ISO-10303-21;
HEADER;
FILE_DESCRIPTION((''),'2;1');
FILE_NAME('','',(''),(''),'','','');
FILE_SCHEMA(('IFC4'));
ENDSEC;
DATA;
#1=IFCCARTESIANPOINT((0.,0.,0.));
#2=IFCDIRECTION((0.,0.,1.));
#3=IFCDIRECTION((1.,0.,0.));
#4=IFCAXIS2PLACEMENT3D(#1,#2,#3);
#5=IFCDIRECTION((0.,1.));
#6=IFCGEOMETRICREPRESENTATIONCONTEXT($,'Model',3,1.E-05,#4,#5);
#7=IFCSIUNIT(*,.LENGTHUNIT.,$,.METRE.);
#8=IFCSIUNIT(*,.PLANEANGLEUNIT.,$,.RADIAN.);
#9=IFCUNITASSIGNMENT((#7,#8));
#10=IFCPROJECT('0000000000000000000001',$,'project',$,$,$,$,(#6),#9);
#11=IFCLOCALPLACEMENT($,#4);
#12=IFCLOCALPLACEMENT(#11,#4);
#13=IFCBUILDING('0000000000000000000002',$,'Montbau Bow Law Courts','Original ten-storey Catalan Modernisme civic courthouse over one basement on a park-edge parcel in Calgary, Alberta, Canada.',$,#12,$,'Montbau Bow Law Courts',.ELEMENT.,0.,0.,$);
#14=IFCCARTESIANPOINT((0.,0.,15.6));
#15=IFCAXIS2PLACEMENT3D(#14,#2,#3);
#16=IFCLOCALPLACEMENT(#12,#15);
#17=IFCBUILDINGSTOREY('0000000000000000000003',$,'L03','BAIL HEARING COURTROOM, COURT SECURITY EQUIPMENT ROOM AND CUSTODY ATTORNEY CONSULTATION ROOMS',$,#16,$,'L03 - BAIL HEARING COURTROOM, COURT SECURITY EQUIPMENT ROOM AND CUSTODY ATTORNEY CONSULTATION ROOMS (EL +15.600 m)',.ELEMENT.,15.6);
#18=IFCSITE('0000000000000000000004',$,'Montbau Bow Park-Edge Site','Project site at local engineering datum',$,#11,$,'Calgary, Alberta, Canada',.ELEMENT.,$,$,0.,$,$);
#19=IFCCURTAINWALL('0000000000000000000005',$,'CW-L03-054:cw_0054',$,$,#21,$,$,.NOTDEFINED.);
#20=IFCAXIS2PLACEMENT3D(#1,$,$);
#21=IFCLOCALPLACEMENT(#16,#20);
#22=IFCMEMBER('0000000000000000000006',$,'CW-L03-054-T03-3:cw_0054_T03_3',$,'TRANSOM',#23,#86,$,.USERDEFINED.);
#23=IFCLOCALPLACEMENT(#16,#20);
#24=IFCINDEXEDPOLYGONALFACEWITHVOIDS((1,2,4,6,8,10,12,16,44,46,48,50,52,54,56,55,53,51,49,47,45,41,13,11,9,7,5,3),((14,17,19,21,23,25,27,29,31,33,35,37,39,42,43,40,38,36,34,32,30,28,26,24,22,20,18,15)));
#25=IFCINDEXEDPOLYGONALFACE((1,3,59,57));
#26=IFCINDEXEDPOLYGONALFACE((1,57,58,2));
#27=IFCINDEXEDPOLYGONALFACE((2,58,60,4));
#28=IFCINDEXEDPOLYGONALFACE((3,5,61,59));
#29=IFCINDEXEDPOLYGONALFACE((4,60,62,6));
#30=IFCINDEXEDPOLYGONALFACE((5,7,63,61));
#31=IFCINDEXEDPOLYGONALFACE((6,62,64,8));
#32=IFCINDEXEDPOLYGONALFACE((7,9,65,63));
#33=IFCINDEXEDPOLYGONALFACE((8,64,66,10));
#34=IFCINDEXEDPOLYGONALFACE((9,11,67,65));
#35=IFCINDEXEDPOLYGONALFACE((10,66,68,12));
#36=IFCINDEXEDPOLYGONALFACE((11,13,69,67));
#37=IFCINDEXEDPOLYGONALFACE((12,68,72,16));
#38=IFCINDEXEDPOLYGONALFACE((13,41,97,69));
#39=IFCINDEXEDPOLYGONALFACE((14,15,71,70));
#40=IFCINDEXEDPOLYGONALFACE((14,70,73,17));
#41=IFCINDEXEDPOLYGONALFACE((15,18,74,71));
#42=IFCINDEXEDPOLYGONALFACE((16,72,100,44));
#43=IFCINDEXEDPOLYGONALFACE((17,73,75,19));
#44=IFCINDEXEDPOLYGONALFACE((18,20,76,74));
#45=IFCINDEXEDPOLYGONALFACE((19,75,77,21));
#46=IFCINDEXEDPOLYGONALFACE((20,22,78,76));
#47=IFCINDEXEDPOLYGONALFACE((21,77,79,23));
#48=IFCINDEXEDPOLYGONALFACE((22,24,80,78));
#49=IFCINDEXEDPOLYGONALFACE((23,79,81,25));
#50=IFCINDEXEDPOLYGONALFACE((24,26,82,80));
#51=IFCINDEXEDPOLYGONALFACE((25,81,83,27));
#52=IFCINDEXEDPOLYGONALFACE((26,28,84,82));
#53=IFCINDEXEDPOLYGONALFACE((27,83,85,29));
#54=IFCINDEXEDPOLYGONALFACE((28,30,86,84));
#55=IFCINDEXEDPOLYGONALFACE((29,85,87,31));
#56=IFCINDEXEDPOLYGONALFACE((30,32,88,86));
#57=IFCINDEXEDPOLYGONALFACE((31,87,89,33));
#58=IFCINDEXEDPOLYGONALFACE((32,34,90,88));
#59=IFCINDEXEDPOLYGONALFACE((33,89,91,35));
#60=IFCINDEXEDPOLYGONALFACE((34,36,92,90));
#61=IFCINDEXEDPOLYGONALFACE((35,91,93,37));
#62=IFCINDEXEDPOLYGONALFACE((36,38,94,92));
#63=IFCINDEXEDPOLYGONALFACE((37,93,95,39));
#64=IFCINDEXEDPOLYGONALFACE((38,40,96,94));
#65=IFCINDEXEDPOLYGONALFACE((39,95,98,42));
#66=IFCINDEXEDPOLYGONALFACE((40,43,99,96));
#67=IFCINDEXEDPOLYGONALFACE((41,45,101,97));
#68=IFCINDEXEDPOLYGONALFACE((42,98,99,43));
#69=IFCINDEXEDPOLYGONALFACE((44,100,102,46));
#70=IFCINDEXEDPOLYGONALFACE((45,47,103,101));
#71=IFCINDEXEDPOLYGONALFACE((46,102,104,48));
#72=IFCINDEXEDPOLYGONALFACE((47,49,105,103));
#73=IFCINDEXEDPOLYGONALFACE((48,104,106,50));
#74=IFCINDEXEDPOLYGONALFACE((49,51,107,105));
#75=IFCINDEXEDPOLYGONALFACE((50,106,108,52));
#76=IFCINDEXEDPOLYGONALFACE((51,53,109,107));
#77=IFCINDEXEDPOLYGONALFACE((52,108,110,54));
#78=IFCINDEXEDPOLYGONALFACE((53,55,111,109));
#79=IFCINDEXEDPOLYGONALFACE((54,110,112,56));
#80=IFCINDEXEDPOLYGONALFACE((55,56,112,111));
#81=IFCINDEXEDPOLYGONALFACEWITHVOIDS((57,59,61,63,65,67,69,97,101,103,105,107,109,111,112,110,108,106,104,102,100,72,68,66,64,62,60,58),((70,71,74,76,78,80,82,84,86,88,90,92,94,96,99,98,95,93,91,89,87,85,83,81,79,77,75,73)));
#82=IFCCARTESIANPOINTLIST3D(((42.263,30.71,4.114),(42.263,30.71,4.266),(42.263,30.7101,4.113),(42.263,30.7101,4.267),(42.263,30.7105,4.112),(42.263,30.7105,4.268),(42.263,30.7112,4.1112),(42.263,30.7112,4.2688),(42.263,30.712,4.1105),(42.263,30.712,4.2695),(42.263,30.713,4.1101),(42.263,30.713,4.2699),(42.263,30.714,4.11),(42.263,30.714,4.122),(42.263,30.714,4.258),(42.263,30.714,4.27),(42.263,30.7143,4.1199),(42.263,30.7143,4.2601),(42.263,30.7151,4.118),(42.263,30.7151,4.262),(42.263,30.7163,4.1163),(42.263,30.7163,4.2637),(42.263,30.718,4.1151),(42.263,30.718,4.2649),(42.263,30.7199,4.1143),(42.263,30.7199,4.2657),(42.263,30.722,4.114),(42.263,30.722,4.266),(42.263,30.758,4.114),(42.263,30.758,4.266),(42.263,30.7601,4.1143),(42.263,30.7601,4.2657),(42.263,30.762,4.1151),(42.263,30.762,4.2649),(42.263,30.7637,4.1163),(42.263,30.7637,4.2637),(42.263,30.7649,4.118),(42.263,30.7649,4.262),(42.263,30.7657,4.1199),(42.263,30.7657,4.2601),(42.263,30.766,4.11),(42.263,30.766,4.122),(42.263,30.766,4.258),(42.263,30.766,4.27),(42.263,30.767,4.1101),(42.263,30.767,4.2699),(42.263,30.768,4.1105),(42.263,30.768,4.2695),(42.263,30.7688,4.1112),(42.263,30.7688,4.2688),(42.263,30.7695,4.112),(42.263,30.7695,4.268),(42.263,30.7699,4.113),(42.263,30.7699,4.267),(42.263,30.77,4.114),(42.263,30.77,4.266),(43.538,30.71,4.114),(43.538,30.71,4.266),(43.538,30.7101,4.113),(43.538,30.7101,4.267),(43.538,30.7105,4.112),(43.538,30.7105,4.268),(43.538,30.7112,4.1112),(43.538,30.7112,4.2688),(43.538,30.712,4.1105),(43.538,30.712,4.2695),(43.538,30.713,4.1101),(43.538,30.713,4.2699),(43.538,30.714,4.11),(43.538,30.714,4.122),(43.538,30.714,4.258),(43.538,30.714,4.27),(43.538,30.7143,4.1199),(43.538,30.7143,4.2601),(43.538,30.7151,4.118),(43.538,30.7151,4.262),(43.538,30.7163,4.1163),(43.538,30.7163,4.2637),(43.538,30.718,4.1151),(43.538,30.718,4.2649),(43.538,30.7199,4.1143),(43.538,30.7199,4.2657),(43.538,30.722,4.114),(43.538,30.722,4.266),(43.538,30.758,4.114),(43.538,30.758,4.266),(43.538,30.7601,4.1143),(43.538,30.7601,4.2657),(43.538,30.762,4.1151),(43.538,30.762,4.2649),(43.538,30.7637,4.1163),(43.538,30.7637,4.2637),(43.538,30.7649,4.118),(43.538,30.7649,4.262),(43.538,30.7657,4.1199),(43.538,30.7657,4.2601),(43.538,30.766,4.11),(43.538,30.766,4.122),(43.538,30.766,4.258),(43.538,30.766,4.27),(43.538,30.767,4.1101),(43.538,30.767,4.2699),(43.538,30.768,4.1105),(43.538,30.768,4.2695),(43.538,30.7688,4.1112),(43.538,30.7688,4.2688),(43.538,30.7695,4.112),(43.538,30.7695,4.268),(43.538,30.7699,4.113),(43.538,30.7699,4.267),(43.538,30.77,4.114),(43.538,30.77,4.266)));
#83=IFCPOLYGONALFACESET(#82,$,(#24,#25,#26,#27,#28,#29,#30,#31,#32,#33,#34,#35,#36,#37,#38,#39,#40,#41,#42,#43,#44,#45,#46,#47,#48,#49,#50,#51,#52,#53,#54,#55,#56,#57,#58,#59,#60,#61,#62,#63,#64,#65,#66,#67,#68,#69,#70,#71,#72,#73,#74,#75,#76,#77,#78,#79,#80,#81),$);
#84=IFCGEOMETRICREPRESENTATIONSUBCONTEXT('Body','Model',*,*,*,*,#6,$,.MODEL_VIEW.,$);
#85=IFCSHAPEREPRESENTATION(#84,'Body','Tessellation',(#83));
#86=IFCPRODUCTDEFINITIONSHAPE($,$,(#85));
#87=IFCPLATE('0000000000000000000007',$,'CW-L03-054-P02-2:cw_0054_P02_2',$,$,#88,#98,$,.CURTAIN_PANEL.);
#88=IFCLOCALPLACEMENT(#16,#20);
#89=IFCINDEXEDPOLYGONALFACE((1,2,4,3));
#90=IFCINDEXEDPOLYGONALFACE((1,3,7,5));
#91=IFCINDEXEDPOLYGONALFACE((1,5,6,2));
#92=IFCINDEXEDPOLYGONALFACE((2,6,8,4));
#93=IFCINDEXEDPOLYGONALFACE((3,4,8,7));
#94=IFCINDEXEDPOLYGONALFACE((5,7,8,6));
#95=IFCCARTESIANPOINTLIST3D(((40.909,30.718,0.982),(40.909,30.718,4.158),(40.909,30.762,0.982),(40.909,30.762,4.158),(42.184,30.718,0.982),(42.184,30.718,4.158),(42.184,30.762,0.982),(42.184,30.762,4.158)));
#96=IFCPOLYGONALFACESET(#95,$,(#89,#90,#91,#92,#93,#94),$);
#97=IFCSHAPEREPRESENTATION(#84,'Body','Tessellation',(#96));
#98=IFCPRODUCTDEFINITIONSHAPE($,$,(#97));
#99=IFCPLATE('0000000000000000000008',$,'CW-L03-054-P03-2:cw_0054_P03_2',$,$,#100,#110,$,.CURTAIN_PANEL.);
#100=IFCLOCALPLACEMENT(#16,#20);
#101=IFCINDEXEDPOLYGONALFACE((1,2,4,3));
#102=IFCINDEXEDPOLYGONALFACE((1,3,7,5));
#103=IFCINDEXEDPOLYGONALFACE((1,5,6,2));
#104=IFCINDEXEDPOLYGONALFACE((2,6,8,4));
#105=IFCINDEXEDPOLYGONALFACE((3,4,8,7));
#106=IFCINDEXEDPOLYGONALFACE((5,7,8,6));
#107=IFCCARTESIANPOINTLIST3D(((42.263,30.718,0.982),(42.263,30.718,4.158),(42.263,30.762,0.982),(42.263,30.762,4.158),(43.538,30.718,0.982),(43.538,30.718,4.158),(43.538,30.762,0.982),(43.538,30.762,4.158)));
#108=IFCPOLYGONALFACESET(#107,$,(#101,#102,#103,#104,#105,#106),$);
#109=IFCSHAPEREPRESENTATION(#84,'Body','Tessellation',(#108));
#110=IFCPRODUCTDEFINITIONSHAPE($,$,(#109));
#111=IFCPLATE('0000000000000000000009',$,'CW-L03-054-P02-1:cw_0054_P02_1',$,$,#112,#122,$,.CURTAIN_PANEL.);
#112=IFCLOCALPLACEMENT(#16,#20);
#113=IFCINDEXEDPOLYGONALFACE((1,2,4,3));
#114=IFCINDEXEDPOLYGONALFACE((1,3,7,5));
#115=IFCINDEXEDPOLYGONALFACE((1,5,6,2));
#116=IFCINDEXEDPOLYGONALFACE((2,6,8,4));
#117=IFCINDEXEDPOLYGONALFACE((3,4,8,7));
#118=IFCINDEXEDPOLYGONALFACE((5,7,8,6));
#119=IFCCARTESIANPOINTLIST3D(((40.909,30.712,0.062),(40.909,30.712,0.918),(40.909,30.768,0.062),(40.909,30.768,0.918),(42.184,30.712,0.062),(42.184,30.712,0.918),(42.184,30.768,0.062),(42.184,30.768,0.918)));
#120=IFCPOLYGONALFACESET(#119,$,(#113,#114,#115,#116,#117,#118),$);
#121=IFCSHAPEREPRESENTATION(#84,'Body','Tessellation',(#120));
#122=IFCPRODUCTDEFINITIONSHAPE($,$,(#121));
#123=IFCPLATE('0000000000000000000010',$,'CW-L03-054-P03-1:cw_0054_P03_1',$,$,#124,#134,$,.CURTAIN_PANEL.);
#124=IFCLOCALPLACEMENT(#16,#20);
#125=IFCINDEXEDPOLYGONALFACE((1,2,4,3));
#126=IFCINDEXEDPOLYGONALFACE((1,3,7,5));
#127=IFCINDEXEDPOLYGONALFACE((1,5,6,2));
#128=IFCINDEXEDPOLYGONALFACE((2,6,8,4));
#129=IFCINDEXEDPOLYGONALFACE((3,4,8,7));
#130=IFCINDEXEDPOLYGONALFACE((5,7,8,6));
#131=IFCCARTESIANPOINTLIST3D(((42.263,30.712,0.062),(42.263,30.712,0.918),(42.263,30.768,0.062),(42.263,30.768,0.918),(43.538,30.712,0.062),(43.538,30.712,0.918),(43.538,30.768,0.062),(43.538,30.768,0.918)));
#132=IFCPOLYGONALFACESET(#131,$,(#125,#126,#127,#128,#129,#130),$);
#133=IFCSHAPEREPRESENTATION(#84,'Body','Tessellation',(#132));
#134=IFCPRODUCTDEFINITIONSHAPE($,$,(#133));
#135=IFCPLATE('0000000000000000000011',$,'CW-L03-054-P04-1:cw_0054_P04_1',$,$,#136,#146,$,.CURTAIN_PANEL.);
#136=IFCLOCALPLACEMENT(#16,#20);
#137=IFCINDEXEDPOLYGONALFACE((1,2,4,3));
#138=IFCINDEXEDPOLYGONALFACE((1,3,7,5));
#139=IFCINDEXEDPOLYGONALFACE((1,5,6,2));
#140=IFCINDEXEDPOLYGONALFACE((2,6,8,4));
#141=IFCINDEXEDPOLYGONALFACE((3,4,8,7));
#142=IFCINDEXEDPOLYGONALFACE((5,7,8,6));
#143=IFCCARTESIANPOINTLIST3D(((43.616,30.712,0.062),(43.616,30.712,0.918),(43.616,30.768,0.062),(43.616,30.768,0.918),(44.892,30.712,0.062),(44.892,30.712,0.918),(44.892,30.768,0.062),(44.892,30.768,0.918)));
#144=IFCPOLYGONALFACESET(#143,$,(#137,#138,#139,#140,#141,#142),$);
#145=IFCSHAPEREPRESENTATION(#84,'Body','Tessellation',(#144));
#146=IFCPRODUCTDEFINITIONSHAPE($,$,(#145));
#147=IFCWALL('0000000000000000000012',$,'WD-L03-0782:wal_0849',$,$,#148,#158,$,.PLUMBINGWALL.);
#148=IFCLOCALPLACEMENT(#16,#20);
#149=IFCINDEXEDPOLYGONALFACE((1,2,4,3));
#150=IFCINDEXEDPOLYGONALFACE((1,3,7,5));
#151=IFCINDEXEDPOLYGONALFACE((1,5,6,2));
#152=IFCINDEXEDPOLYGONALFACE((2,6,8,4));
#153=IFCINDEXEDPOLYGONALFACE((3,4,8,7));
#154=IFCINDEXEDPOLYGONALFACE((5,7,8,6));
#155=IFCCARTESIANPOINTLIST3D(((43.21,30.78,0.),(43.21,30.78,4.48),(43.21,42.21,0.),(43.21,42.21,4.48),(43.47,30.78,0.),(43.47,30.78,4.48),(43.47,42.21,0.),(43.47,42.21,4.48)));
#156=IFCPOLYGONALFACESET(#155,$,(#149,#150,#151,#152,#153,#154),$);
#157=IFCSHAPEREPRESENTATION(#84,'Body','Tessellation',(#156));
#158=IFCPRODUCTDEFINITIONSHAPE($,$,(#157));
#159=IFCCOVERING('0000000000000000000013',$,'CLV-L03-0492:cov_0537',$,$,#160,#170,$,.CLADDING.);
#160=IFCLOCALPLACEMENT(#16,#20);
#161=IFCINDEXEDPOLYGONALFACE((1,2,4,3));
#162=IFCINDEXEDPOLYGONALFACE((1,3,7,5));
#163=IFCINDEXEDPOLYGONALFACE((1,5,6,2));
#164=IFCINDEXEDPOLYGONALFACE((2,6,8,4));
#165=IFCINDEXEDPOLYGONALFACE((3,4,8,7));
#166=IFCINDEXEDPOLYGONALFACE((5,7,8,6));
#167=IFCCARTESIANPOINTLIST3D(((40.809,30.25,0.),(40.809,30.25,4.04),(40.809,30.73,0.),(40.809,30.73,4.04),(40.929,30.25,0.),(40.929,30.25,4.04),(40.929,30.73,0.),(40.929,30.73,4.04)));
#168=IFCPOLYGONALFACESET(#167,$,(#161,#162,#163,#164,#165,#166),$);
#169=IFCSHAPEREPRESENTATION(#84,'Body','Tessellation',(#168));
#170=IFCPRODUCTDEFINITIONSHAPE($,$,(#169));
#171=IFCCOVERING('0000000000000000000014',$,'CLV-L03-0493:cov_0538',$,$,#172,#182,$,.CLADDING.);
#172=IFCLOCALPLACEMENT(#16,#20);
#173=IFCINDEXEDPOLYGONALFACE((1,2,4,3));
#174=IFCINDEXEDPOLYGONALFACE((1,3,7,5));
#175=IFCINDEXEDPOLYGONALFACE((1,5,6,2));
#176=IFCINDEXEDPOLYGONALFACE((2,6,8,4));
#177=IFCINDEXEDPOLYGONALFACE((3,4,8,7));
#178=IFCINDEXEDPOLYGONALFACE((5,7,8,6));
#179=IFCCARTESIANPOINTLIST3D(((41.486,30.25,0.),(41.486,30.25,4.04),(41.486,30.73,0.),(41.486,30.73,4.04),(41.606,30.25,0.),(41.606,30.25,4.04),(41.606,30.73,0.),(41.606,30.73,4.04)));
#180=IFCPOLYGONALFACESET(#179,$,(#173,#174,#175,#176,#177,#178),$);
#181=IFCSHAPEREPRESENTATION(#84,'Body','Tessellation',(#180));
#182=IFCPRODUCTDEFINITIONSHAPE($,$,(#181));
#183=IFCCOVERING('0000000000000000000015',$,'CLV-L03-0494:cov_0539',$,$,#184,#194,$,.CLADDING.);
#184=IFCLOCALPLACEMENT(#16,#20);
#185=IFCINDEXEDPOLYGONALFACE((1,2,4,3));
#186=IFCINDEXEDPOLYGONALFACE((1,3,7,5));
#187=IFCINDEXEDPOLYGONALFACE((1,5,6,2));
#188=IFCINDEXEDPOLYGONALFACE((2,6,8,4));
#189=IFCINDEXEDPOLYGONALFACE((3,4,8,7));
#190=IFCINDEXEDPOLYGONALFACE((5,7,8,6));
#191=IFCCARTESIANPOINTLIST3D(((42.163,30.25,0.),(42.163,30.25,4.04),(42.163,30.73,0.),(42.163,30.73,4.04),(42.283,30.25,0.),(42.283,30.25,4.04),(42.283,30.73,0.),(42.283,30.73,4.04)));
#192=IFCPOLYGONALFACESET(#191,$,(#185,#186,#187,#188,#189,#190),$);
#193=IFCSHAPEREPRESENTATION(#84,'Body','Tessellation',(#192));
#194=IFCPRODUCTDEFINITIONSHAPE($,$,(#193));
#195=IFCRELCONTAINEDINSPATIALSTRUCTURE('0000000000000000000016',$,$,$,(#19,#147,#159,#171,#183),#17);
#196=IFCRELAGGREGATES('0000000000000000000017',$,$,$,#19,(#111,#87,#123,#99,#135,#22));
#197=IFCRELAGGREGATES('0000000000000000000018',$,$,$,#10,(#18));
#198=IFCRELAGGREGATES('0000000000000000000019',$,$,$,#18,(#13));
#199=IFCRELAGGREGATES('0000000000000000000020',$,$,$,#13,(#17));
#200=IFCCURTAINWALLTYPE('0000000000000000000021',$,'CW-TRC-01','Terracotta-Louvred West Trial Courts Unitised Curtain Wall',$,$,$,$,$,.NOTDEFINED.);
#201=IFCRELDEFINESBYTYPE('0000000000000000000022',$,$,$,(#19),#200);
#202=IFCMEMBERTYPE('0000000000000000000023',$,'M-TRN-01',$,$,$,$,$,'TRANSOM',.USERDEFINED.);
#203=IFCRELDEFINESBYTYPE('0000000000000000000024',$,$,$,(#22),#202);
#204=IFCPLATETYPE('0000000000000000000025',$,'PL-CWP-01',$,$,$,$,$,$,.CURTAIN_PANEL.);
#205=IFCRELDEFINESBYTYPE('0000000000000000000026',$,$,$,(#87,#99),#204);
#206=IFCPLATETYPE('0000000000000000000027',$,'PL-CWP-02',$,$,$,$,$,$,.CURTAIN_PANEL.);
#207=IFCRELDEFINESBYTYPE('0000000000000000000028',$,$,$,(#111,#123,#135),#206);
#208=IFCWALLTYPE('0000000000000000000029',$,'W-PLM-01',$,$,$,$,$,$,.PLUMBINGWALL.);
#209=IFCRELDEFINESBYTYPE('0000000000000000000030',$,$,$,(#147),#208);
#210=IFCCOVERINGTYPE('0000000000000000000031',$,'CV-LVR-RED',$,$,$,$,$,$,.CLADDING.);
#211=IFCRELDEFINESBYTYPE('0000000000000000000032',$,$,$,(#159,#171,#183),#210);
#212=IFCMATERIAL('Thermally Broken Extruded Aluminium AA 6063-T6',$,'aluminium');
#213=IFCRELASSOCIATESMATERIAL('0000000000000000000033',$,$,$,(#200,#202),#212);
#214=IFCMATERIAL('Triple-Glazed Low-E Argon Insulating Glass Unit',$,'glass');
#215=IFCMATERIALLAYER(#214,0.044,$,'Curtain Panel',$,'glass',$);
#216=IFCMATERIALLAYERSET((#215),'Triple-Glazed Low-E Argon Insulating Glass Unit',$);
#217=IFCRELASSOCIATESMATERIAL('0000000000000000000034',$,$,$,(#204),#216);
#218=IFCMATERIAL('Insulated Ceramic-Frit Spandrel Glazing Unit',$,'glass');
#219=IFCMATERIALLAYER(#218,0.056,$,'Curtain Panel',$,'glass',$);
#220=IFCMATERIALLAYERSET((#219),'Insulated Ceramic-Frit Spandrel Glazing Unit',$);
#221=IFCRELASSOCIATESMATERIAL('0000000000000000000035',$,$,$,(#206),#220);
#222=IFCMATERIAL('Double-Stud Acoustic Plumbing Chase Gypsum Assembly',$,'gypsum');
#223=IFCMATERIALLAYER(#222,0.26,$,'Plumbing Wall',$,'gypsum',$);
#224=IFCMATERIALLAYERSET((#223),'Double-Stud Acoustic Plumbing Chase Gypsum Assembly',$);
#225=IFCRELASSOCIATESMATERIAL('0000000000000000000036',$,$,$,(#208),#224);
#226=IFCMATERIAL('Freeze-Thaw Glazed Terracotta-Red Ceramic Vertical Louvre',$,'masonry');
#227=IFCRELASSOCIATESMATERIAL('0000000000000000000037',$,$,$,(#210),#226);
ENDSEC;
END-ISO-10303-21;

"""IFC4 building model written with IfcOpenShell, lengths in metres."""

from ifc_helpers import new_model, si_unit, direction, frame, frame_2d, origin_with_axes, origin_2d_with_axis, place, context, subcontext, project, spatial, rectangle, hollow_rectangle, extrude, material, layer, layer_set, material_profile, profile_set, type_object, element, aggregate, save


model = new_model("IFC4")

# Units and contexts
model_context = context("Model", 3, precision=1e-05, world=origin_with_axes(), true_north=direction((0.0, 1.0)))
body_context = subcontext(model_context, "Body", "Model", "MODEL_VIEW")
ifc_project = project(units=[si_unit("LENGTHUNIT", "METRE"), si_unit("PLANEANGLEUNIT", "RADIAN")], contexts=[model_context])

# Site, building, storey
site_placement = place(None, origin_with_axes())
site = spatial("IfcSite", under=ifc_project, at=site_placement, Name="Montbau Bow Park-Edge Site", Description="Project site at local engineering datum", LongName="Calgary, Alberta, Canada", CompositionType="ELEMENT", RefElevation=0.0)
building_placement = place(site_placement, origin_with_axes())
building = spatial("IfcBuilding", under=site, at=building_placement, Name="Montbau Bow Law Courts", Description="Original ten-storey Catalan Modernisme civic courthouse over one basement on a park-edge parcel in Calgary, Alberta, Canada.", LongName="Montbau Bow Law Courts", CompositionType="ELEMENT", ElevationOfRefHeight=0.0, ElevationOfTerrain=0.0)
storey_placement = place(building_placement, frame((0.0, 0.0, 15.6), z_axis=(0.0, 0.0, 1.0), x_axis=(1.0, 0.0, 0.0)))
storey = spatial("IfcBuildingStorey", under=building, at=storey_placement, Name="L03", Description="BAIL HEARING COURTROOM, COURT SECURITY EQUIPMENT ROOM AND CUSTODY ATTORNEY CONSULTATION ROOMS", LongName="L03 - BAIL HEARING COURTROOM, COURT SECURITY EQUIPMENT ROOM AND CUSTODY ATTORNEY CONSULTATION ROOMS (EL +15.600 m)", CompositionType="ELEMENT", Elevation=15.6)

# Curtain wall, member, plates
ifc_material_1 = material(Name="Thermally Broken Extruded Aluminium AA 6063-T6", Category="aluminium")
curtain_wall_type = type_object("IfcCurtainWallType", Name="CW-TRC-01", Description="Terracotta-Louvred West Trial Courts Unitised Curtain Wall", PredefinedType="NOTDEFINED", material=ifc_material_1)
curtain_wall_placement = place(None, frame((39.515, 30.74, 15.6), z_axis=(0.0, 0.0, 1.0), x_axis=(1.0, 0.0, 0.0)))
curtain_wall = element("IfcCurtainWall", 1, at=curtain_wall_placement, inside=storey, type_object=curtain_wall_type, Name="CW-L03-054:cw_0054", PredefinedType="NOTDEFINED")
ifc_material_profile_1 = material_profile(ifc_material_1, hollow_rectangle(XDim=0.06, YDim=0.16, WallThickness=0.004, InnerFilletRadius=0.008, OuterFilletRadius=0.004, at=origin_2d_with_axis()), Name="CWT-160X60", Category="Main", Priority=0)
ifc_profile_set_1 = profile_set([ifc_material_profile_1], Name="Thermally Broken Extruded Aluminium AA 6063-T6")
member_type_1 = type_object("IfcMemberType", Name="M-TRN-01", ElementType="TRANSOM", PredefinedType="USERDEFINED", material=ifc_profile_set_1)
member_1_placement = place(None, frame((42.263, 30.74, 19.79), z_axis=(1.0, 0.0, 0.0), x_axis=(0.0, 1.0, 0.0)))
member_1 = element("IfcMember", 2, at=member_1_placement, type_object=member_type_1, Name="CW-L03-054-T03-3:cw_0054_T03_3", ObjectType="TRANSOM", PredefinedType="USERDEFINED", context=body_context, shape_type="SweptSolid", body=[
    extrude(hollow_rectangle(XDim=0.06, YDim=0.16, WallThickness=0.004, InnerFilletRadius=0.008, OuterFilletRadius=0.004, at=origin_2d_with_axis()), origin_with_axes(), (0.0, 0.0, 1.0), 1.275),
])
ifc_material_2 = material(Name="Triple-Glazed Low-E Argon Insulating Glass Unit", Category="glass")
ifc_layer_1 = layer(ifc_material_2, 0.044, Name="Curtain Panel", Category="glass")
ifc_layer_set_1 = layer_set([ifc_layer_1], Name="Triple-Glazed Low-E Argon Insulating Glass Unit")
plate_type_1 = type_object("IfcPlateType", Name="PL-CWP-01", PredefinedType="CURTAIN_PANEL", material=ifc_layer_set_1)
plate_1_placement = place(None, frame((40.909, 30.74, 16.582), z_axis=(0.0, -1.0, 0.0), x_axis=(1.0, 0.0, 0.0)))
plate_1 = element("IfcPlate", 3, at=plate_1_placement, type_object=plate_type_1, Name="CW-L03-054-P02-2:cw_0054_P02_2", PredefinedType="CURTAIN_PANEL", context=body_context, shape_type="SweptSolid", body=[
    extrude(rectangle(XDim=1.275, YDim=3.176, at=frame_2d((0.6375, 1.588), x_axis=(1.0, 0.0))), frame((0.0, 0.0, -0.022), z_axis=(0.0, 0.0, 1.0), x_axis=(1.0, 0.0, 0.0)), (0.0, 0.0, 1.0), 0.044),
])
plate_2_placement = place(None, frame((42.263, 30.74, 16.582), z_axis=(0.0, -1.0, 0.0), x_axis=(1.0, 0.0, 0.0)))
plate_2 = element("IfcPlate", 4, at=plate_2_placement, type_object=plate_type_1, Name="CW-L03-054-P03-2:cw_0054_P03_2", PredefinedType="CURTAIN_PANEL", context=body_context, shape_type="SweptSolid", body=[
    extrude(rectangle(XDim=1.275, YDim=3.176, at=frame_2d((0.6375, 1.588), x_axis=(1.0, 0.0))), frame((0.0, 0.0, -0.022), z_axis=(0.0, 0.0, 1.0), x_axis=(1.0, 0.0, 0.0)), (0.0, 0.0, 1.0), 0.044),
])
ifc_material_3 = material(Name="Insulated Ceramic-Frit Spandrel Glazing Unit", Category="glass")
ifc_layer_2 = layer(ifc_material_3, 0.056, Name="Curtain Panel", Category="glass")
ifc_layer_set_2 = layer_set([ifc_layer_2], Name="Insulated Ceramic-Frit Spandrel Glazing Unit")
plate_type_2 = type_object("IfcPlateType", Name="PL-CWP-02", PredefinedType="CURTAIN_PANEL", material=ifc_layer_set_2)
plate_3_placement = place(None, frame((40.909, 30.74, 15.662), z_axis=(0.0, -1.0, 0.0), x_axis=(1.0, 0.0, 0.0)))
plate_3 = element("IfcPlate", 5, at=plate_3_placement, type_object=plate_type_2, Name="CW-L03-054-P02-1:cw_0054_P02_1", PredefinedType="CURTAIN_PANEL", context=body_context, shape_type="SweptSolid", body=[
    extrude(rectangle(XDim=1.275, YDim=0.856, at=frame_2d((0.6375, 0.428), x_axis=(1.0, 0.0))), frame((0.0, 0.0, -0.028), z_axis=(0.0, 0.0, 1.0), x_axis=(1.0, 0.0, 0.0)), (0.0, 0.0, 1.0), 0.056),
])
plate_4_placement = place(None, frame((42.263, 30.74, 15.662), z_axis=(0.0, -1.0, 0.0), x_axis=(1.0, 0.0, 0.0)))
plate_4 = element("IfcPlate", 6, at=plate_4_placement, type_object=plate_type_2, Name="CW-L03-054-P03-1:cw_0054_P03_1", PredefinedType="CURTAIN_PANEL", context=body_context, shape_type="SweptSolid", body=[
    extrude(rectangle(XDim=1.275, YDim=0.856, at=frame_2d((0.6375, 0.428), x_axis=(1.0, 0.0))), frame((0.0, 0.0, -0.028), z_axis=(0.0, 0.0, 1.0), x_axis=(1.0, 0.0, 0.0)), (0.0, 0.0, 1.0), 0.056),
])
plate_5_placement = place(None, frame((43.616, 30.74, 15.662), z_axis=(0.0, -1.0, 0.0), x_axis=(1.0, 0.0, 0.0)))
plate_5 = element("IfcPlate", 7, at=plate_5_placement, type_object=plate_type_2, Name="CW-L03-054-P04-1:cw_0054_P04_1", PredefinedType="CURTAIN_PANEL", context=body_context, shape_type="SweptSolid", body=[
    extrude(rectangle(XDim=1.276, YDim=0.856, at=frame_2d((0.638, 0.428), x_axis=(1.0, 0.0))), frame((0.0, 0.0, -0.028), z_axis=(0.0, 0.0, 1.0), x_axis=(1.0, 0.0, 0.0)), (0.0, 0.0, 1.0), 0.056),
])
aggregate(curtain_wall, [plate_3, plate_1, plate_4, plate_2, plate_5, member_1])

# Wall
ifc_material_4 = material(Name="Double-Stud Acoustic Plumbing Chase Gypsum Assembly", Category="gypsum")
ifc_layer_3 = layer(ifc_material_4, 0.26, Name="Plumbing Wall", Category="gypsum")
ifc_layer_set_3 = layer_set([ifc_layer_3], Name="Double-Stud Acoustic Plumbing Chase Gypsum Assembly")
wall_type = type_object("IfcWallType", Name="W-PLM-01", PredefinedType="PLUMBINGWALL", material=ifc_layer_set_3)
wall_placement = place(None, frame((43.34, 30.78, 15.6), z_axis=(0.0, 0.0, 1.0), x_axis=(0.0, 1.0, 0.0)))
element("IfcWall", 8, at=wall_placement, inside=storey, type_object=wall_type, Name="WD-L03-0782:wal_0849", PredefinedType="PLUMBINGWALL", context=body_context, shape_type="SweptSolid", body=[
    extrude(rectangle(XDim=11.43, YDim=0.26, at=frame_2d((5.715, 0.0), x_axis=(1.0, 0.0))), origin_with_axes(), (0.0, 0.0, 1.0), 4.48),
])

# Coverings
ifc_material_5 = material(Name="Freeze-Thaw Glazed Terracotta-Red Ceramic Vertical Louvre", Category="masonry")
covering_type = type_object("IfcCoveringType", Name="CV-LVR-RED", PredefinedType="CLADDING", material=ifc_material_5)
for number, where, z_axis, x_axis, name in (
    (9, (40.869, 30.73, 15.6), (-1.0, 0.0, 0.0), (0.0, -1.0, 0.0), "CLV-L03-0492:cov_0537"),
    (10, (41.546, 30.73, 15.6), (-1.0, 0.0, 0.0), (0.0, -1.0, 0.0), "CLV-L03-0493:cov_0538"),
    (11, (42.223, 30.73, 15.6), (-1.0, 0.0, 0.0), (0.0, -1.0, 0.0), "CLV-L03-0494:cov_0539"),
):
    element("IfcCovering", number, at=place(None, frame(where, z_axis=z_axis, x_axis=x_axis)), inside=storey, type_object=covering_type, Name=name, PredefinedType="CLADDING", context=body_context, shape_type="SweptSolid", body=[
        extrude(rectangle(XDim=0.48, YDim=4.04, at=frame_2d((0.24, 2.02), x_axis=(1.0, 0.0))), frame((0.0, 0.0, -0.06), z_axis=(0.0, 0.0, 1.0), x_axis=(1.0, 0.0, 0.0)), (0.0, 0.0, 1.0), 0.12),
    ])

save(model, "model.ifc")
